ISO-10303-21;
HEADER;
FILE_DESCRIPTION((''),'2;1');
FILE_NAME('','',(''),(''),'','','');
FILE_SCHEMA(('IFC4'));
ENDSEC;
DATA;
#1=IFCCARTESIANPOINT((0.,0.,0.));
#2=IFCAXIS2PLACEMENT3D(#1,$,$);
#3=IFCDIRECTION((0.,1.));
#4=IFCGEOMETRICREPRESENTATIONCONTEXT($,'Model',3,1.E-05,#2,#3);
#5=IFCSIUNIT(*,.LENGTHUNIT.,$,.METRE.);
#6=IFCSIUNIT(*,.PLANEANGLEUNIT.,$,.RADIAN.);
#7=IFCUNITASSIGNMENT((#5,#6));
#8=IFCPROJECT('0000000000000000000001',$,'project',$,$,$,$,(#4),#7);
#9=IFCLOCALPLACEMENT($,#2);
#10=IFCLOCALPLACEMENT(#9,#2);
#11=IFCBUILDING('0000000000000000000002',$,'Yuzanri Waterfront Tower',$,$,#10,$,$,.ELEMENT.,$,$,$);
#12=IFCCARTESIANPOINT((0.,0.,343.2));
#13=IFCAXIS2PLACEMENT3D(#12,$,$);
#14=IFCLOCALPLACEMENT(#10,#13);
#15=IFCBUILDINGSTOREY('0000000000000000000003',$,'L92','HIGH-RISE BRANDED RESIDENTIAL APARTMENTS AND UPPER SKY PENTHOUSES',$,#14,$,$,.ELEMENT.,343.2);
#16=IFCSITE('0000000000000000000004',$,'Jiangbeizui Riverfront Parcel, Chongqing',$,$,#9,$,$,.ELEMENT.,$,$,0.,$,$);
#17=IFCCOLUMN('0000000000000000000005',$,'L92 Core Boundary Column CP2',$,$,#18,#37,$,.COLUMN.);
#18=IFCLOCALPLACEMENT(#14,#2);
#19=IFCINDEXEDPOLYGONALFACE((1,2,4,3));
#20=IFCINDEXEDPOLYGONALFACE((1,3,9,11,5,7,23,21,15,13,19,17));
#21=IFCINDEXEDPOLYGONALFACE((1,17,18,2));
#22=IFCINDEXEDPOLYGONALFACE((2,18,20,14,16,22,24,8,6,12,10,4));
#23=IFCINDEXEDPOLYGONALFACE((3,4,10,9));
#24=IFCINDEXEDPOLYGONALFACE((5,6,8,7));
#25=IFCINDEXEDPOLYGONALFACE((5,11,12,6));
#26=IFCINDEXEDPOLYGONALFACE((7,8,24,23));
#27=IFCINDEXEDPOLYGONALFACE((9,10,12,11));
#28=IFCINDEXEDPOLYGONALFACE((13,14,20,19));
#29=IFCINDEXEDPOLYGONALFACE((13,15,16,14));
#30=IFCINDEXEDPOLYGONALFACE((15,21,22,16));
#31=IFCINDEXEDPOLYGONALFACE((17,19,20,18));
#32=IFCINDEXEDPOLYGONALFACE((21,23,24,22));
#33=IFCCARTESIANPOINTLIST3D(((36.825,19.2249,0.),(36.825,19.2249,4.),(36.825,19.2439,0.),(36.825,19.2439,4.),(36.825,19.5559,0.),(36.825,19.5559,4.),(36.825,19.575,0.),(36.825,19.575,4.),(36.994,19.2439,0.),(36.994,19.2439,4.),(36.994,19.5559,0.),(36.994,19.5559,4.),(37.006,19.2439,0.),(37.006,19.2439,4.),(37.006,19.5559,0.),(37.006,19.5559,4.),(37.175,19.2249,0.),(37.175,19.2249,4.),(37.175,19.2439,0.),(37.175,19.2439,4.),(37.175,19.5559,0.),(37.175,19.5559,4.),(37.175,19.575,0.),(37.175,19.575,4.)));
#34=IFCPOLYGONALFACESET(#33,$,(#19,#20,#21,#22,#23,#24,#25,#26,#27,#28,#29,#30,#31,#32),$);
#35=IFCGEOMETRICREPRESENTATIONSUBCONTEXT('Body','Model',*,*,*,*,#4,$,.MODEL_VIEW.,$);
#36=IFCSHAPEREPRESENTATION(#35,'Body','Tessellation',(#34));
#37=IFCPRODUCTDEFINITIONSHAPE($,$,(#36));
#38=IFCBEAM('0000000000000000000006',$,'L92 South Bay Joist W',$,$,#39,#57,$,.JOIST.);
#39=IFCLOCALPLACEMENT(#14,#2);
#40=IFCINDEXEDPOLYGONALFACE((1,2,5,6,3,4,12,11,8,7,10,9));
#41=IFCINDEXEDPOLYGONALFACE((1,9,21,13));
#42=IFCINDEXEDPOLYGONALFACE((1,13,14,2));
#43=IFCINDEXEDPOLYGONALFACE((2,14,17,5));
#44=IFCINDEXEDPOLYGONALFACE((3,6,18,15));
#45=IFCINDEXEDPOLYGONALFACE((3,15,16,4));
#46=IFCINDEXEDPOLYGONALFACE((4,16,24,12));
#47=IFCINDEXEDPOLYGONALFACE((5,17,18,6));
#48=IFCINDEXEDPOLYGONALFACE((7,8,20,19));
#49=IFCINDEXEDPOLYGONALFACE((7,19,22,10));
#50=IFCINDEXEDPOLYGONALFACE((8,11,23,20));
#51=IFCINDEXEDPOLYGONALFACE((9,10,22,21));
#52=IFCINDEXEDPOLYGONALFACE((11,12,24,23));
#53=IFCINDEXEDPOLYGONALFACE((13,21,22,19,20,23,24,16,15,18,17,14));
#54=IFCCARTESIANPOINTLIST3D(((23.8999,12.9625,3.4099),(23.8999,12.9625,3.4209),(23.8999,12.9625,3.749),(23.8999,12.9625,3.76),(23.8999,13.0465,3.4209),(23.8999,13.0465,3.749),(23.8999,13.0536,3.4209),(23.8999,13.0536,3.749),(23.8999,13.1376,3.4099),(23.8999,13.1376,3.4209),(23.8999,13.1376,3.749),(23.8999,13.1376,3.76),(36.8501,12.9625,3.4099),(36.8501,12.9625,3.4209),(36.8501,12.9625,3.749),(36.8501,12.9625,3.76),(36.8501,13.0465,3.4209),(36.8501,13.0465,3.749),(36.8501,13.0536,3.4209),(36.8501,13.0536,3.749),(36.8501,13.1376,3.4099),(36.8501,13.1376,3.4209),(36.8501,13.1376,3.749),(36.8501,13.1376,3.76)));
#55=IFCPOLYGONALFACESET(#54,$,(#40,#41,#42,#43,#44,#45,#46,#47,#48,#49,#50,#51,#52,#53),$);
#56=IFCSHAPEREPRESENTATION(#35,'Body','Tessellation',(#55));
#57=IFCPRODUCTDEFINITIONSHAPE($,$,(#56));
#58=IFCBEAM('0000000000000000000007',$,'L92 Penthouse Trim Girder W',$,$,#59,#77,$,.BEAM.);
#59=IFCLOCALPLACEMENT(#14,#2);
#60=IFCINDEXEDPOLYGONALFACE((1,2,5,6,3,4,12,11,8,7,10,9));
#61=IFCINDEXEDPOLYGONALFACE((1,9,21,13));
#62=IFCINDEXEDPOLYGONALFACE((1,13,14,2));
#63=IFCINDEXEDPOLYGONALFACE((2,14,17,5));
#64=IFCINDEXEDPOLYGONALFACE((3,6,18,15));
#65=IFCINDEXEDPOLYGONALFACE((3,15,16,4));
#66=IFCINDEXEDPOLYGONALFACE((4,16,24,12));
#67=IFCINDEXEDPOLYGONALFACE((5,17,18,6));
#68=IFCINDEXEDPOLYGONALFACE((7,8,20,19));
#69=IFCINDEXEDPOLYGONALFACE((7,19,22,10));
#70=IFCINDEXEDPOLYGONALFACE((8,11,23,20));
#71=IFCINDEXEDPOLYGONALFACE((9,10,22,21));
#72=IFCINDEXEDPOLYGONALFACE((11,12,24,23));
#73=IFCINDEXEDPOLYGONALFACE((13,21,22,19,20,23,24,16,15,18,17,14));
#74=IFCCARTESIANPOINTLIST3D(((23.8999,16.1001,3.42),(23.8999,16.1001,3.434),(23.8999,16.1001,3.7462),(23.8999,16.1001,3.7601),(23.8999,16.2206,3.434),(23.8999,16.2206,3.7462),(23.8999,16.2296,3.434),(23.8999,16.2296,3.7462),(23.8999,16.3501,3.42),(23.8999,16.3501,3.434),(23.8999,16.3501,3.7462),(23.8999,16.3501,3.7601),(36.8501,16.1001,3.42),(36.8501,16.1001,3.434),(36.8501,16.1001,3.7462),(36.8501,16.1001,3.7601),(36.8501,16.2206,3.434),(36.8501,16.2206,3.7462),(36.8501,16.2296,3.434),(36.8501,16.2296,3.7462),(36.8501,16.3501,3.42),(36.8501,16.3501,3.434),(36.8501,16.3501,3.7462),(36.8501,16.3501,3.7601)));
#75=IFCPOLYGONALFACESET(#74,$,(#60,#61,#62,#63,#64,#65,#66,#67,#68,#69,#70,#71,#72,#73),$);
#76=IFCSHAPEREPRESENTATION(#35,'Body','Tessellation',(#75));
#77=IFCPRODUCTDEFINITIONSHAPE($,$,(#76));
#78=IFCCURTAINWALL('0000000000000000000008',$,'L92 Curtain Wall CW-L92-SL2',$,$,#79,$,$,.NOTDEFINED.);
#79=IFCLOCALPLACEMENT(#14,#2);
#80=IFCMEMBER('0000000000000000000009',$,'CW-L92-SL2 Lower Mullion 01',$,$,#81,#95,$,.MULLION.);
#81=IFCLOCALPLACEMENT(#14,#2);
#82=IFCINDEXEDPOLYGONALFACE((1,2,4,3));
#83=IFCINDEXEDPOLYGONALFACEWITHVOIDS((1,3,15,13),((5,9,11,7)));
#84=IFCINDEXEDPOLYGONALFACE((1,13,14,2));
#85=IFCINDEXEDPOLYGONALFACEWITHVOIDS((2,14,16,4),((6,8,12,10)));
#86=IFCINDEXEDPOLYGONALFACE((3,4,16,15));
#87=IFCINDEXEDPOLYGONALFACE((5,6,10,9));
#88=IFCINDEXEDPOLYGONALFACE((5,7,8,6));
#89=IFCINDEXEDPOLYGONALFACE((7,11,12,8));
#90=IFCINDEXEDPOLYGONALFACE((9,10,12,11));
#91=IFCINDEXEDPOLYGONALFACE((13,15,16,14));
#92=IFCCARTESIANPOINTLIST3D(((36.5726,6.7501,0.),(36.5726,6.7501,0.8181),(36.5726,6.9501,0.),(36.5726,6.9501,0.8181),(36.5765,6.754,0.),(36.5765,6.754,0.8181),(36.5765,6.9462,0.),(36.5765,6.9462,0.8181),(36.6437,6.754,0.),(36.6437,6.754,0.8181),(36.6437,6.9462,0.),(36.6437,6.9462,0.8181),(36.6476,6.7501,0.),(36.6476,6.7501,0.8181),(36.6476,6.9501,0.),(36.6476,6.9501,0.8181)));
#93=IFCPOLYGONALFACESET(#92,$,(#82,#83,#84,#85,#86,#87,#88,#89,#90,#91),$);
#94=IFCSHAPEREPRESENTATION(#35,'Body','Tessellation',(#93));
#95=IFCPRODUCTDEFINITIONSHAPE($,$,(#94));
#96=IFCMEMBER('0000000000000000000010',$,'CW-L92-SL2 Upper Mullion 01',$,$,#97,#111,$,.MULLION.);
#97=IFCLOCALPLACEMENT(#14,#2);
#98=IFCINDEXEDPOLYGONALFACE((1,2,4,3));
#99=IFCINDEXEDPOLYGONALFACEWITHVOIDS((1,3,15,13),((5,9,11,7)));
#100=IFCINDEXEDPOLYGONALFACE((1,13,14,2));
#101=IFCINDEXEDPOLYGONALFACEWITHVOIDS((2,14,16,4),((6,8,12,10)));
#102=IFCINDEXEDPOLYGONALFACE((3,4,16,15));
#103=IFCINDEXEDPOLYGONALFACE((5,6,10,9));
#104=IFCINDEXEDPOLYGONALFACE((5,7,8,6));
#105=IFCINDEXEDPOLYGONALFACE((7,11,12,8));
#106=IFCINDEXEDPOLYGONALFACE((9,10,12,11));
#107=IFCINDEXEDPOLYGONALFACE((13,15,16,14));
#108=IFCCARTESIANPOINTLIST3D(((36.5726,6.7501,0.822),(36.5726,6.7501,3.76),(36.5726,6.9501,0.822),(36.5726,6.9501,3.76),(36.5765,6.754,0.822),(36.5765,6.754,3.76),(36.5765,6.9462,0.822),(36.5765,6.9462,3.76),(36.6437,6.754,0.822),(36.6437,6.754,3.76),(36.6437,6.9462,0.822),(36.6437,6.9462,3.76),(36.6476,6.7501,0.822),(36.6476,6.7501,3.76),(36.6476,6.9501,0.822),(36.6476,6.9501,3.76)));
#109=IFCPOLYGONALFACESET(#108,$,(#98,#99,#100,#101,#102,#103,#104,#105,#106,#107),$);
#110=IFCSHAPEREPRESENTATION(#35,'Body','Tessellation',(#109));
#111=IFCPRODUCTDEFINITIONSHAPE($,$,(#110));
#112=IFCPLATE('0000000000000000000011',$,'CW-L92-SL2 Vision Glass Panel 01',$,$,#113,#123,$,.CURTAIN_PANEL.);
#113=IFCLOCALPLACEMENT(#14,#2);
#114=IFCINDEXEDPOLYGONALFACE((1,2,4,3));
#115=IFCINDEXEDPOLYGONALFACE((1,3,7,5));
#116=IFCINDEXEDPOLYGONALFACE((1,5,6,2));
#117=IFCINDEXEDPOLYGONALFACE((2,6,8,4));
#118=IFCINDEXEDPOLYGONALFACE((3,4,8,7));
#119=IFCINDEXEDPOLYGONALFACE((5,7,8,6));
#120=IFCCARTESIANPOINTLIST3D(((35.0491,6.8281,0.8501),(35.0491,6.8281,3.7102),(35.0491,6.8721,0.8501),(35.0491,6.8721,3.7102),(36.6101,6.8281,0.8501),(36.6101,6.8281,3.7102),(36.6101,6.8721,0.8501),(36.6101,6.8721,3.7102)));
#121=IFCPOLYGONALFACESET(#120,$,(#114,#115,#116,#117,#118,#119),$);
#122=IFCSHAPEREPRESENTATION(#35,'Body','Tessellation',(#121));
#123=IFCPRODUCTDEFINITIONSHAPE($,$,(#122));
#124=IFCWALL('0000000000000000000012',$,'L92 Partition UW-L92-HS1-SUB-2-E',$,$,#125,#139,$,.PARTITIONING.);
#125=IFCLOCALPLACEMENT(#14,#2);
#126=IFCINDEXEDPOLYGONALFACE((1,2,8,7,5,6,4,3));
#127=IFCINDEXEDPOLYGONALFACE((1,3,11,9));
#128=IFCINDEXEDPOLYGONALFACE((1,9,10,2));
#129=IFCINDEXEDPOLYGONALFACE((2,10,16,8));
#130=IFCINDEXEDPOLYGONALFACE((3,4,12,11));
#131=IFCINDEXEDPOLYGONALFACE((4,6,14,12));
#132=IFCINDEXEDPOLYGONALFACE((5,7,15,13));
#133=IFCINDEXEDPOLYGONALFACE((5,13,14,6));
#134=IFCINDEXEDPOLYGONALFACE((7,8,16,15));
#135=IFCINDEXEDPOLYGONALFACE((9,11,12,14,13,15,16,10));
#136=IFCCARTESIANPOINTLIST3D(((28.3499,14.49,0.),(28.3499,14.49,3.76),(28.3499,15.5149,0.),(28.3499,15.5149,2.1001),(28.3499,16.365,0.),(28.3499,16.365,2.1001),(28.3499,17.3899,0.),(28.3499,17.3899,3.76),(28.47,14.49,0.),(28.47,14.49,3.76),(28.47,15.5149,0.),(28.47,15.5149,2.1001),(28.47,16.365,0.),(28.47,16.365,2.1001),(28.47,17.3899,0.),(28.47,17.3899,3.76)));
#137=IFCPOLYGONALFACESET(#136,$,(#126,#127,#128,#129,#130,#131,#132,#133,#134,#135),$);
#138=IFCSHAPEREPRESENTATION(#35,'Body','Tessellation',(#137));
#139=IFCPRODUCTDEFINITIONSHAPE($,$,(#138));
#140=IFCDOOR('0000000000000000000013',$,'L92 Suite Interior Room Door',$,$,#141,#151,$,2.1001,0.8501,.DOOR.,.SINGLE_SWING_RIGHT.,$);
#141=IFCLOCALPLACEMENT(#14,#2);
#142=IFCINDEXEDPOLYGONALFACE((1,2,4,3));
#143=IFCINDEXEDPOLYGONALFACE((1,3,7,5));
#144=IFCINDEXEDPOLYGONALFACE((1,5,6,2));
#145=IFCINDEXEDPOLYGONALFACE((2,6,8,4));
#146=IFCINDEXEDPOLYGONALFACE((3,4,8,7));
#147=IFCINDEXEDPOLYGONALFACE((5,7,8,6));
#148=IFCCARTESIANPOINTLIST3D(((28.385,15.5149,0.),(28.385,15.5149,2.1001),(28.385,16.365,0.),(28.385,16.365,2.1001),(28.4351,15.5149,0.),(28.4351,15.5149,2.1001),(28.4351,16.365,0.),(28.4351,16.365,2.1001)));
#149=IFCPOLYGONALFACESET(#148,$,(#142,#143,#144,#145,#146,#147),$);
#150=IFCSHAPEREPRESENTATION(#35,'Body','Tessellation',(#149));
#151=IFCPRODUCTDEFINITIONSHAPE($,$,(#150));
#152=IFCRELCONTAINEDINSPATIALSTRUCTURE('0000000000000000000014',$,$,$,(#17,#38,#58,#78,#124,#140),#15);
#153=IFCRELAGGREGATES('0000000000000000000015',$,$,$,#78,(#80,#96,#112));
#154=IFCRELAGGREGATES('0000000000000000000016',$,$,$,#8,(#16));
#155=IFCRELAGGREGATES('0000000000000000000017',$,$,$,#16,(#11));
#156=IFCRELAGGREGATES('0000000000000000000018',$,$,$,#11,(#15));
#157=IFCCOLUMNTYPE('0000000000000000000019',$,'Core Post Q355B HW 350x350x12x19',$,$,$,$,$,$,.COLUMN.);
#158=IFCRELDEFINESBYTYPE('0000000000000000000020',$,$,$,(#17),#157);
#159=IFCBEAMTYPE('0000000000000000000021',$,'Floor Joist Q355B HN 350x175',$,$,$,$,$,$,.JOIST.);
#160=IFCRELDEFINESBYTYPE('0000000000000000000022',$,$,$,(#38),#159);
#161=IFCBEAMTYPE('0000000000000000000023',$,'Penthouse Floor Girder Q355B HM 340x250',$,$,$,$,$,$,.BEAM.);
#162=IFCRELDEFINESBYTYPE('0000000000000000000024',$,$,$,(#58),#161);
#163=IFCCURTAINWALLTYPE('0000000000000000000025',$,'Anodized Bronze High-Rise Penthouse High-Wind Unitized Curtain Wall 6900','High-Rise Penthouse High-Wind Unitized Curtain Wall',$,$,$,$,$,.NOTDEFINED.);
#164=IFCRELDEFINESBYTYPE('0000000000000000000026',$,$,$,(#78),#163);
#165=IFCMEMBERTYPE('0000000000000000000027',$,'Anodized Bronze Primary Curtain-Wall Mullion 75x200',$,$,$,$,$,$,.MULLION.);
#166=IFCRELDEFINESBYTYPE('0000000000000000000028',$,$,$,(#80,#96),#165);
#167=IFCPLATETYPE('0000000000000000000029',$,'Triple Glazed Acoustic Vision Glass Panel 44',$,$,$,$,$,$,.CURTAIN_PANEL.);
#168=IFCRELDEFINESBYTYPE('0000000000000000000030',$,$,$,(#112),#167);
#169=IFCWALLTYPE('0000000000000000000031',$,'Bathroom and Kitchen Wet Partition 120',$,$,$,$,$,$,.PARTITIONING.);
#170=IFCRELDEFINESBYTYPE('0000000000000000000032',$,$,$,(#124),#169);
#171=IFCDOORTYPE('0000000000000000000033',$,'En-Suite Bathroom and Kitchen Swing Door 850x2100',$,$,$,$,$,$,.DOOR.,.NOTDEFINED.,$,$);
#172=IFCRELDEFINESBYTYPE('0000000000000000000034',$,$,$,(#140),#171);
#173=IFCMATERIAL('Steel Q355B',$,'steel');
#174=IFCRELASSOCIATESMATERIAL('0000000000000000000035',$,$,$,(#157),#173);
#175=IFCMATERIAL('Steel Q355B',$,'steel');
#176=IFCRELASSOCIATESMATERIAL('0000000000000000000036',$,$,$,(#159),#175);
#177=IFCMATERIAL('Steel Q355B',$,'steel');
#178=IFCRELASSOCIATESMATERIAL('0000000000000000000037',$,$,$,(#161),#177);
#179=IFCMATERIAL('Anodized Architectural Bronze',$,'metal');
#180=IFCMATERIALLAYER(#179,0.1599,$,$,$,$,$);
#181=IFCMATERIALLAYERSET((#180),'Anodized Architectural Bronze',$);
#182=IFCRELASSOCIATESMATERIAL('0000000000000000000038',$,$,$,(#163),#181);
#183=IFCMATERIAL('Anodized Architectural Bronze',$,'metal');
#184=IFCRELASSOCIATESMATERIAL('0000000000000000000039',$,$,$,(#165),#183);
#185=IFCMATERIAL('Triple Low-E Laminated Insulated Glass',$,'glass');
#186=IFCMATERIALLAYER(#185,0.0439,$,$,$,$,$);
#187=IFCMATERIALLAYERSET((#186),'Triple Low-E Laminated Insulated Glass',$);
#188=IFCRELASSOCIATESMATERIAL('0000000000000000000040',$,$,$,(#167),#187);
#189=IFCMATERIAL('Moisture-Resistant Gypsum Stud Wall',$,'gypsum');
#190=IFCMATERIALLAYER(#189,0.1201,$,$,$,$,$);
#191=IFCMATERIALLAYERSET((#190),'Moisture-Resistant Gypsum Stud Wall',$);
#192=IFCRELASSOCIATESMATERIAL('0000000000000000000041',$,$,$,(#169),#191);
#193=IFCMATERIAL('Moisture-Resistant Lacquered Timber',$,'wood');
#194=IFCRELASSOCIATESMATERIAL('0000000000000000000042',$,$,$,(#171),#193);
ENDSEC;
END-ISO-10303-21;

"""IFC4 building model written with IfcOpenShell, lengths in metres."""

from ifc_helpers import new_model, si_unit, direction, frame, frame_2d, origin, origin_2d, place, context, subcontext, project, spatial, rectangle, hollow_rectangle, i_section, extrude, source, transform, mapped, material, layer, layer_set, material_profile, profile_set, type_object, element, fill, aggregate, save


model = new_model("IFC4")

# Units and contexts
model_context = context("Model", 3, precision=1e-05, world=origin(), true_north=direction((0.0, 1.0)))
body_context = subcontext(model_context, "Body", "Model", "MODEL_VIEW")
ifc_project = project(units=[si_unit("LENGTHUNIT", "METRE"), si_unit("PLANEANGLEUNIT", "RADIAN")], contexts=[model_context])

# Site, building, storey
site_placement = place(None, origin())
site = spatial("IfcSite", under=ifc_project, at=site_placement, Name="Jiangbeizui Riverfront Parcel, Chongqing", CompositionType="ELEMENT", RefElevation=0.0)
building_placement = place(site_placement, origin())
building = spatial("IfcBuilding", under=site, at=building_placement, Name="Yuzanri Waterfront Tower", CompositionType="ELEMENT")
storey_placement = place(building_placement, frame((0.0, 0.0, 343.2)))
storey = spatial("IfcBuildingStorey", under=building, at=storey_placement, Name="L92", Description="HIGH-RISE BRANDED RESIDENTIAL APARTMENTS AND UPPER SKY PENTHOUSES", CompositionType="ELEMENT", Elevation=343.2)

# Column
ifc_material_1 = material(Name="Steel Q355B", Category="steel")
ifc_material_profile_1 = material_profile(ifc_material_1, i_section(OverallWidth=0.3501, OverallDepth=0.3501, WebThickness=0.012, FlangeThickness=0.019, at=origin_2d()), Name="HW 350x350x12x19")
ifc_profile_set_1 = profile_set([ifc_material_profile_1], Name="Steel Q355B")
column_type = type_object("IfcColumnType", Name="Core Post Q355B HW 350x350x12x19", PredefinedType="COLUMN", material=ifc_profile_set_1)
shared_shape_1 = source(origin(), body_context, "Body", "SweptSolid", [
    extrude(i_section(OverallWidth=0.3501, OverallDepth=0.3501, WebThickness=0.012, FlangeThickness=0.019, at=origin_2d()), origin(), (0.0, 0.0, 1.0), 4.0),
])
column_placement = place(storey_placement, frame((37.0, 19.3999, 0.0), z_axis=(0.0, 0.0, 1.0), x_axis=(1.0, 0.0, 0.0)))
element("IfcColumn", 1, at=column_placement, inside=storey, type_object=column_type, Name="L92 Core Boundary Column CP2", PredefinedType="COLUMN", context=body_context, shape_type="MappedRepresentation", body=[
    mapped(shared_shape_1, transform((0.0, 0.0, 0.0), scale=1.0)),
])

# Beams
ifc_material_2 = material(Name="Steel Q355B", Category="steel")
ifc_material_profile_2 = material_profile(ifc_material_2, i_section(OverallWidth=0.175, OverallDepth=0.3501, WebThickness=0.0071, FlangeThickness=0.011, at=origin_2d()), Name="HN 350x175x7x11")
ifc_profile_set_2 = profile_set([ifc_material_profile_2], Name="Steel Q355B")
beam_type_1 = type_object("IfcBeamType", Name="Floor Joist Q355B HN 350x175", PredefinedType="JOIST", material=ifc_profile_set_2)
shared_shape_2 = source(origin(), body_context, "Body", "SweptSolid", [
    extrude(i_section(OverallWidth=0.175, OverallDepth=0.3501, WebThickness=0.0071, FlangeThickness=0.011, at=origin_2d()), origin(), (0.0, 0.0, 1.0), 12.9502),
])
beam_1_placement = place(storey_placement, frame((23.8999, 13.05, 3.585), z_axis=(1.0, 0.0, 0.0), x_axis=(0.0, 1.0, 0.0)))
element("IfcBeam", 2, at=beam_1_placement, inside=storey, type_object=beam_type_1, Name="L92 South Bay Joist W", PredefinedType="JOIST", context=body_context, shape_type="MappedRepresentation", body=[
    mapped(shared_shape_2, transform((0.0, 0.0, 0.0), scale=1.0)),
])
ifc_material_3 = material(Name="Steel Q355B", Category="steel")
ifc_material_profile_3 = material_profile(ifc_material_3, i_section(OverallWidth=0.25, OverallDepth=0.3401, WebThickness=0.009, FlangeThickness=0.0139, at=origin_2d()), Name="HM 340x250x9x14")
ifc_profile_set_3 = profile_set([ifc_material_profile_3], Name="Steel Q355B")
beam_type_2 = type_object("IfcBeamType", Name="Penthouse Floor Girder Q355B HM 340x250", PredefinedType="BEAM", material=ifc_profile_set_3)
shared_shape_3 = source(origin(), body_context, "Body", "SweptSolid", [
    extrude(i_section(OverallWidth=0.25, OverallDepth=0.3401, WebThickness=0.009, FlangeThickness=0.0139, at=origin_2d()), origin(), (0.0, 0.0, 1.0), 12.9502),
])
beam_2_placement = place(storey_placement, frame((23.8999, 16.2251, 3.5901), z_axis=(1.0, 0.0, 0.0), x_axis=(0.0, 1.0, 0.0)))
element("IfcBeam", 3, at=beam_2_placement, inside=storey, type_object=beam_type_2, Name="L92 Penthouse Trim Girder W", PredefinedType="BEAM", context=body_context, shape_type="MappedRepresentation", body=[
    mapped(shared_shape_3, transform((0.0, 0.0, 0.0), scale=1.0)),
])

# Curtain wall, members, plate
ifc_material_4 = material(Name="Anodized Architectural Bronze", Category="metal")
ifc_layer_1 = layer(ifc_material_4, 0.1599)
ifc_layer_set_1 = layer_set([ifc_layer_1], Name="Anodized Architectural Bronze")
curtain_wall_type = type_object("IfcCurtainWallType", Name="Anodized Bronze High-Rise Penthouse High-Wind Unitized Curtain Wall 6900", Description="High-Rise Penthouse High-Wind Unitized Curtain Wall", PredefinedType="NOTDEFINED", material=ifc_layer_set_1)
curtain_wall_placement = place(storey_placement, origin())
curtain_wall = element("IfcCurtainWall", 4, at=curtain_wall_placement, inside=storey, type_object=curtain_wall_type, Name="L92 Curtain Wall CW-L92-SL2", PredefinedType="NOTDEFINED")
ifc_material_5 = material(Name="Anodized Architectural Bronze", Category="metal")
ifc_material_profile_4 = material_profile(ifc_material_5, hollow_rectangle(XDim=0.075, YDim=0.2, WallThickness=0.0039, at=origin_2d()), Name="CWM 75x200")
ifc_profile_set_4 = profile_set([ifc_material_profile_4], Name="Anodized Architectural Bronze")
member_type = type_object("IfcMemberType", Name="Anodized Bronze Primary Curtain-Wall Mullion 75x200", PredefinedType="MULLION", material=ifc_profile_set_4)
shared_shape_4 = source(origin(), body_context, "Body", "SweptSolid", [
    extrude(hollow_rectangle(XDim=0.075, YDim=0.2, WallThickness=0.0039, at=origin_2d()), origin(), (0.0, 0.0, 1.0), 0.8181),
])
member_1_placement = place(storey_placement, frame((36.6101, 6.8501, 0.0), z_axis=(0.0, 0.0, 1.0), x_axis=(1.0, 0.0, 0.0)))
member_1 = element("IfcMember", 5, at=member_1_placement, type_object=member_type, Name="CW-L92-SL2 Lower Mullion 01", PredefinedType="MULLION", context=body_context, shape_type="MappedRepresentation", body=[
    mapped(shared_shape_4, transform((0.0, 0.0, 0.0), scale=1.0)),
])
shared_shape_5 = source(origin(), body_context, "Body", "SweptSolid", [
    extrude(hollow_rectangle(XDim=0.075, YDim=0.2, WallThickness=0.0039, at=origin_2d()), origin(), (0.0, 0.0, 1.0), 2.938),
])
member_2_placement = place(storey_placement, frame((36.6101, 6.8501, 0.822), z_axis=(0.0, 0.0, 1.0), x_axis=(1.0, 0.0, 0.0)))
member_2 = element("IfcMember", 6, at=member_2_placement, type_object=member_type, Name="CW-L92-SL2 Upper Mullion 01", PredefinedType="MULLION", context=body_context, shape_type="MappedRepresentation", body=[
    mapped(shared_shape_5, transform((0.0, 0.0, 0.0), scale=1.0)),
])
ifc_material_6 = material(Name="Triple Low-E Laminated Insulated Glass", Category="glass")
ifc_layer_2 = layer(ifc_material_6, 0.0439)
ifc_layer_set_2 = layer_set([ifc_layer_2], Name="Triple Low-E Laminated Insulated Glass")
plate_type = type_object("IfcPlateType", Name="Triple Glazed Acoustic Vision Glass Panel 44", PredefinedType="CURTAIN_PANEL", material=ifc_layer_set_2)
shared_shape_6 = source(origin(), body_context, "Body", "SweptSolid", [
    extrude(rectangle(XDim=1.561, YDim=0.0439, at=origin_2d()), origin(), (0.0, 0.0, 1.0), 2.8601),
])
plate_placement = place(storey_placement, frame((35.8296, 6.8501, 0.8501), z_axis=(0.0, 0.0, 1.0), x_axis=(1.0, 0.0, 0.0)))
plate = element("IfcPlate", 7, at=plate_placement, type_object=plate_type, Name="CW-L92-SL2 Vision Glass Panel 01", PredefinedType="CURTAIN_PANEL", context=body_context, shape_type="MappedRepresentation", body=[
    mapped(shared_shape_6, transform((0.0, 0.0, 0.0), scale=1.0)),
])
aggregate(curtain_wall, [member_1, member_2, plate])

# Wall, opening, door
ifc_material_7 = material(Name="Moisture-Resistant Gypsum Stud Wall", Category="gypsum")
ifc_layer_3 = layer(ifc_material_7, 0.1201)
ifc_layer_set_3 = layer_set([ifc_layer_3], Name="Moisture-Resistant Gypsum Stud Wall")
wall_type_1 = type_object("IfcWallType", Name="Bathroom and Kitchen Wet Partition 120", PredefinedType="PARTITIONING", material=ifc_layer_set_3)
wall_1_placement = place(storey_placement, frame((28.4099, 14.49, 0.0), z_axis=(0.0, 0.0, 1.0), x_axis=(0.0, 1.0, 0.0)))
wall_1 = element("IfcWall", 8, at=wall_1_placement, inside=storey, type_object=wall_type_1, Name="L92 Partition UW-L92-HS1-SUB-2-E", PredefinedType="PARTITIONING", context=body_context, shape_type="SweptSolid", body=[
    extrude(rectangle(XDim=2.8999, YDim=0.1201, at=frame_2d((1.45, 0.0))), origin(), (0.0, 0.0, 1.0), 3.76),
])
opening_1_placement = place(wall_1_placement, frame((1.0249, 0.0, 0.0)))
opening_1 = element("IfcOpeningElement", 9, at=opening_1_placement, cuts=wall_1, PredefinedType="OPENING", context=body_context, shape_type="SweptSolid", body=[
    extrude(rectangle(XDim=0.8501, YDim=2.1001, at=frame_2d((0.425, 1.05))), frame((0.0, 0.075, 0.0), z_axis=(0.0, -1.0, 0.0), x_axis=(1.0, 0.0, 0.0)), (0.0, 0.0, 1.0), 0.1499),
])
ifc_material_8 = material(Name="Moisture-Resistant Lacquered Timber", Category="wood")
door_type_1 = type_object("IfcDoorType", Name="En-Suite Bathroom and Kitchen Swing Door 850x2100", OperationType="NOTDEFINED", PredefinedType="DOOR", material=ifc_material_8)
shared_shape_7 = source(origin(), body_context, "Body", "SweptSolid", [
    extrude(rectangle(XDim=0.8501, YDim=2.1001, at=frame_2d((0.425, 1.05))), frame((0.0, 0.0249, 0.0), z_axis=(0.0, -1.0, 0.0), x_axis=(1.0, 0.0, 0.0)), (0.0, 0.0, 1.0), 0.05),
])
door_1_placement = place(opening_1_placement, origin())
door_1 = element("IfcDoor", 10, at=door_1_placement, inside=storey, type_object=door_type_1, Name="L92 Suite Interior Room Door", OperationType="SINGLE_SWING_RIGHT", OverallHeight=2.1001, OverallWidth=0.8501, PredefinedType="DOOR", context=body_context, shape_type="MappedRepresentation", body=[
    mapped(shared_shape_7, transform((0.0, 0.0, 0.0), scale=1.0)),
])
fill(opening_1, door_1)

save(model, "model.ifc")
